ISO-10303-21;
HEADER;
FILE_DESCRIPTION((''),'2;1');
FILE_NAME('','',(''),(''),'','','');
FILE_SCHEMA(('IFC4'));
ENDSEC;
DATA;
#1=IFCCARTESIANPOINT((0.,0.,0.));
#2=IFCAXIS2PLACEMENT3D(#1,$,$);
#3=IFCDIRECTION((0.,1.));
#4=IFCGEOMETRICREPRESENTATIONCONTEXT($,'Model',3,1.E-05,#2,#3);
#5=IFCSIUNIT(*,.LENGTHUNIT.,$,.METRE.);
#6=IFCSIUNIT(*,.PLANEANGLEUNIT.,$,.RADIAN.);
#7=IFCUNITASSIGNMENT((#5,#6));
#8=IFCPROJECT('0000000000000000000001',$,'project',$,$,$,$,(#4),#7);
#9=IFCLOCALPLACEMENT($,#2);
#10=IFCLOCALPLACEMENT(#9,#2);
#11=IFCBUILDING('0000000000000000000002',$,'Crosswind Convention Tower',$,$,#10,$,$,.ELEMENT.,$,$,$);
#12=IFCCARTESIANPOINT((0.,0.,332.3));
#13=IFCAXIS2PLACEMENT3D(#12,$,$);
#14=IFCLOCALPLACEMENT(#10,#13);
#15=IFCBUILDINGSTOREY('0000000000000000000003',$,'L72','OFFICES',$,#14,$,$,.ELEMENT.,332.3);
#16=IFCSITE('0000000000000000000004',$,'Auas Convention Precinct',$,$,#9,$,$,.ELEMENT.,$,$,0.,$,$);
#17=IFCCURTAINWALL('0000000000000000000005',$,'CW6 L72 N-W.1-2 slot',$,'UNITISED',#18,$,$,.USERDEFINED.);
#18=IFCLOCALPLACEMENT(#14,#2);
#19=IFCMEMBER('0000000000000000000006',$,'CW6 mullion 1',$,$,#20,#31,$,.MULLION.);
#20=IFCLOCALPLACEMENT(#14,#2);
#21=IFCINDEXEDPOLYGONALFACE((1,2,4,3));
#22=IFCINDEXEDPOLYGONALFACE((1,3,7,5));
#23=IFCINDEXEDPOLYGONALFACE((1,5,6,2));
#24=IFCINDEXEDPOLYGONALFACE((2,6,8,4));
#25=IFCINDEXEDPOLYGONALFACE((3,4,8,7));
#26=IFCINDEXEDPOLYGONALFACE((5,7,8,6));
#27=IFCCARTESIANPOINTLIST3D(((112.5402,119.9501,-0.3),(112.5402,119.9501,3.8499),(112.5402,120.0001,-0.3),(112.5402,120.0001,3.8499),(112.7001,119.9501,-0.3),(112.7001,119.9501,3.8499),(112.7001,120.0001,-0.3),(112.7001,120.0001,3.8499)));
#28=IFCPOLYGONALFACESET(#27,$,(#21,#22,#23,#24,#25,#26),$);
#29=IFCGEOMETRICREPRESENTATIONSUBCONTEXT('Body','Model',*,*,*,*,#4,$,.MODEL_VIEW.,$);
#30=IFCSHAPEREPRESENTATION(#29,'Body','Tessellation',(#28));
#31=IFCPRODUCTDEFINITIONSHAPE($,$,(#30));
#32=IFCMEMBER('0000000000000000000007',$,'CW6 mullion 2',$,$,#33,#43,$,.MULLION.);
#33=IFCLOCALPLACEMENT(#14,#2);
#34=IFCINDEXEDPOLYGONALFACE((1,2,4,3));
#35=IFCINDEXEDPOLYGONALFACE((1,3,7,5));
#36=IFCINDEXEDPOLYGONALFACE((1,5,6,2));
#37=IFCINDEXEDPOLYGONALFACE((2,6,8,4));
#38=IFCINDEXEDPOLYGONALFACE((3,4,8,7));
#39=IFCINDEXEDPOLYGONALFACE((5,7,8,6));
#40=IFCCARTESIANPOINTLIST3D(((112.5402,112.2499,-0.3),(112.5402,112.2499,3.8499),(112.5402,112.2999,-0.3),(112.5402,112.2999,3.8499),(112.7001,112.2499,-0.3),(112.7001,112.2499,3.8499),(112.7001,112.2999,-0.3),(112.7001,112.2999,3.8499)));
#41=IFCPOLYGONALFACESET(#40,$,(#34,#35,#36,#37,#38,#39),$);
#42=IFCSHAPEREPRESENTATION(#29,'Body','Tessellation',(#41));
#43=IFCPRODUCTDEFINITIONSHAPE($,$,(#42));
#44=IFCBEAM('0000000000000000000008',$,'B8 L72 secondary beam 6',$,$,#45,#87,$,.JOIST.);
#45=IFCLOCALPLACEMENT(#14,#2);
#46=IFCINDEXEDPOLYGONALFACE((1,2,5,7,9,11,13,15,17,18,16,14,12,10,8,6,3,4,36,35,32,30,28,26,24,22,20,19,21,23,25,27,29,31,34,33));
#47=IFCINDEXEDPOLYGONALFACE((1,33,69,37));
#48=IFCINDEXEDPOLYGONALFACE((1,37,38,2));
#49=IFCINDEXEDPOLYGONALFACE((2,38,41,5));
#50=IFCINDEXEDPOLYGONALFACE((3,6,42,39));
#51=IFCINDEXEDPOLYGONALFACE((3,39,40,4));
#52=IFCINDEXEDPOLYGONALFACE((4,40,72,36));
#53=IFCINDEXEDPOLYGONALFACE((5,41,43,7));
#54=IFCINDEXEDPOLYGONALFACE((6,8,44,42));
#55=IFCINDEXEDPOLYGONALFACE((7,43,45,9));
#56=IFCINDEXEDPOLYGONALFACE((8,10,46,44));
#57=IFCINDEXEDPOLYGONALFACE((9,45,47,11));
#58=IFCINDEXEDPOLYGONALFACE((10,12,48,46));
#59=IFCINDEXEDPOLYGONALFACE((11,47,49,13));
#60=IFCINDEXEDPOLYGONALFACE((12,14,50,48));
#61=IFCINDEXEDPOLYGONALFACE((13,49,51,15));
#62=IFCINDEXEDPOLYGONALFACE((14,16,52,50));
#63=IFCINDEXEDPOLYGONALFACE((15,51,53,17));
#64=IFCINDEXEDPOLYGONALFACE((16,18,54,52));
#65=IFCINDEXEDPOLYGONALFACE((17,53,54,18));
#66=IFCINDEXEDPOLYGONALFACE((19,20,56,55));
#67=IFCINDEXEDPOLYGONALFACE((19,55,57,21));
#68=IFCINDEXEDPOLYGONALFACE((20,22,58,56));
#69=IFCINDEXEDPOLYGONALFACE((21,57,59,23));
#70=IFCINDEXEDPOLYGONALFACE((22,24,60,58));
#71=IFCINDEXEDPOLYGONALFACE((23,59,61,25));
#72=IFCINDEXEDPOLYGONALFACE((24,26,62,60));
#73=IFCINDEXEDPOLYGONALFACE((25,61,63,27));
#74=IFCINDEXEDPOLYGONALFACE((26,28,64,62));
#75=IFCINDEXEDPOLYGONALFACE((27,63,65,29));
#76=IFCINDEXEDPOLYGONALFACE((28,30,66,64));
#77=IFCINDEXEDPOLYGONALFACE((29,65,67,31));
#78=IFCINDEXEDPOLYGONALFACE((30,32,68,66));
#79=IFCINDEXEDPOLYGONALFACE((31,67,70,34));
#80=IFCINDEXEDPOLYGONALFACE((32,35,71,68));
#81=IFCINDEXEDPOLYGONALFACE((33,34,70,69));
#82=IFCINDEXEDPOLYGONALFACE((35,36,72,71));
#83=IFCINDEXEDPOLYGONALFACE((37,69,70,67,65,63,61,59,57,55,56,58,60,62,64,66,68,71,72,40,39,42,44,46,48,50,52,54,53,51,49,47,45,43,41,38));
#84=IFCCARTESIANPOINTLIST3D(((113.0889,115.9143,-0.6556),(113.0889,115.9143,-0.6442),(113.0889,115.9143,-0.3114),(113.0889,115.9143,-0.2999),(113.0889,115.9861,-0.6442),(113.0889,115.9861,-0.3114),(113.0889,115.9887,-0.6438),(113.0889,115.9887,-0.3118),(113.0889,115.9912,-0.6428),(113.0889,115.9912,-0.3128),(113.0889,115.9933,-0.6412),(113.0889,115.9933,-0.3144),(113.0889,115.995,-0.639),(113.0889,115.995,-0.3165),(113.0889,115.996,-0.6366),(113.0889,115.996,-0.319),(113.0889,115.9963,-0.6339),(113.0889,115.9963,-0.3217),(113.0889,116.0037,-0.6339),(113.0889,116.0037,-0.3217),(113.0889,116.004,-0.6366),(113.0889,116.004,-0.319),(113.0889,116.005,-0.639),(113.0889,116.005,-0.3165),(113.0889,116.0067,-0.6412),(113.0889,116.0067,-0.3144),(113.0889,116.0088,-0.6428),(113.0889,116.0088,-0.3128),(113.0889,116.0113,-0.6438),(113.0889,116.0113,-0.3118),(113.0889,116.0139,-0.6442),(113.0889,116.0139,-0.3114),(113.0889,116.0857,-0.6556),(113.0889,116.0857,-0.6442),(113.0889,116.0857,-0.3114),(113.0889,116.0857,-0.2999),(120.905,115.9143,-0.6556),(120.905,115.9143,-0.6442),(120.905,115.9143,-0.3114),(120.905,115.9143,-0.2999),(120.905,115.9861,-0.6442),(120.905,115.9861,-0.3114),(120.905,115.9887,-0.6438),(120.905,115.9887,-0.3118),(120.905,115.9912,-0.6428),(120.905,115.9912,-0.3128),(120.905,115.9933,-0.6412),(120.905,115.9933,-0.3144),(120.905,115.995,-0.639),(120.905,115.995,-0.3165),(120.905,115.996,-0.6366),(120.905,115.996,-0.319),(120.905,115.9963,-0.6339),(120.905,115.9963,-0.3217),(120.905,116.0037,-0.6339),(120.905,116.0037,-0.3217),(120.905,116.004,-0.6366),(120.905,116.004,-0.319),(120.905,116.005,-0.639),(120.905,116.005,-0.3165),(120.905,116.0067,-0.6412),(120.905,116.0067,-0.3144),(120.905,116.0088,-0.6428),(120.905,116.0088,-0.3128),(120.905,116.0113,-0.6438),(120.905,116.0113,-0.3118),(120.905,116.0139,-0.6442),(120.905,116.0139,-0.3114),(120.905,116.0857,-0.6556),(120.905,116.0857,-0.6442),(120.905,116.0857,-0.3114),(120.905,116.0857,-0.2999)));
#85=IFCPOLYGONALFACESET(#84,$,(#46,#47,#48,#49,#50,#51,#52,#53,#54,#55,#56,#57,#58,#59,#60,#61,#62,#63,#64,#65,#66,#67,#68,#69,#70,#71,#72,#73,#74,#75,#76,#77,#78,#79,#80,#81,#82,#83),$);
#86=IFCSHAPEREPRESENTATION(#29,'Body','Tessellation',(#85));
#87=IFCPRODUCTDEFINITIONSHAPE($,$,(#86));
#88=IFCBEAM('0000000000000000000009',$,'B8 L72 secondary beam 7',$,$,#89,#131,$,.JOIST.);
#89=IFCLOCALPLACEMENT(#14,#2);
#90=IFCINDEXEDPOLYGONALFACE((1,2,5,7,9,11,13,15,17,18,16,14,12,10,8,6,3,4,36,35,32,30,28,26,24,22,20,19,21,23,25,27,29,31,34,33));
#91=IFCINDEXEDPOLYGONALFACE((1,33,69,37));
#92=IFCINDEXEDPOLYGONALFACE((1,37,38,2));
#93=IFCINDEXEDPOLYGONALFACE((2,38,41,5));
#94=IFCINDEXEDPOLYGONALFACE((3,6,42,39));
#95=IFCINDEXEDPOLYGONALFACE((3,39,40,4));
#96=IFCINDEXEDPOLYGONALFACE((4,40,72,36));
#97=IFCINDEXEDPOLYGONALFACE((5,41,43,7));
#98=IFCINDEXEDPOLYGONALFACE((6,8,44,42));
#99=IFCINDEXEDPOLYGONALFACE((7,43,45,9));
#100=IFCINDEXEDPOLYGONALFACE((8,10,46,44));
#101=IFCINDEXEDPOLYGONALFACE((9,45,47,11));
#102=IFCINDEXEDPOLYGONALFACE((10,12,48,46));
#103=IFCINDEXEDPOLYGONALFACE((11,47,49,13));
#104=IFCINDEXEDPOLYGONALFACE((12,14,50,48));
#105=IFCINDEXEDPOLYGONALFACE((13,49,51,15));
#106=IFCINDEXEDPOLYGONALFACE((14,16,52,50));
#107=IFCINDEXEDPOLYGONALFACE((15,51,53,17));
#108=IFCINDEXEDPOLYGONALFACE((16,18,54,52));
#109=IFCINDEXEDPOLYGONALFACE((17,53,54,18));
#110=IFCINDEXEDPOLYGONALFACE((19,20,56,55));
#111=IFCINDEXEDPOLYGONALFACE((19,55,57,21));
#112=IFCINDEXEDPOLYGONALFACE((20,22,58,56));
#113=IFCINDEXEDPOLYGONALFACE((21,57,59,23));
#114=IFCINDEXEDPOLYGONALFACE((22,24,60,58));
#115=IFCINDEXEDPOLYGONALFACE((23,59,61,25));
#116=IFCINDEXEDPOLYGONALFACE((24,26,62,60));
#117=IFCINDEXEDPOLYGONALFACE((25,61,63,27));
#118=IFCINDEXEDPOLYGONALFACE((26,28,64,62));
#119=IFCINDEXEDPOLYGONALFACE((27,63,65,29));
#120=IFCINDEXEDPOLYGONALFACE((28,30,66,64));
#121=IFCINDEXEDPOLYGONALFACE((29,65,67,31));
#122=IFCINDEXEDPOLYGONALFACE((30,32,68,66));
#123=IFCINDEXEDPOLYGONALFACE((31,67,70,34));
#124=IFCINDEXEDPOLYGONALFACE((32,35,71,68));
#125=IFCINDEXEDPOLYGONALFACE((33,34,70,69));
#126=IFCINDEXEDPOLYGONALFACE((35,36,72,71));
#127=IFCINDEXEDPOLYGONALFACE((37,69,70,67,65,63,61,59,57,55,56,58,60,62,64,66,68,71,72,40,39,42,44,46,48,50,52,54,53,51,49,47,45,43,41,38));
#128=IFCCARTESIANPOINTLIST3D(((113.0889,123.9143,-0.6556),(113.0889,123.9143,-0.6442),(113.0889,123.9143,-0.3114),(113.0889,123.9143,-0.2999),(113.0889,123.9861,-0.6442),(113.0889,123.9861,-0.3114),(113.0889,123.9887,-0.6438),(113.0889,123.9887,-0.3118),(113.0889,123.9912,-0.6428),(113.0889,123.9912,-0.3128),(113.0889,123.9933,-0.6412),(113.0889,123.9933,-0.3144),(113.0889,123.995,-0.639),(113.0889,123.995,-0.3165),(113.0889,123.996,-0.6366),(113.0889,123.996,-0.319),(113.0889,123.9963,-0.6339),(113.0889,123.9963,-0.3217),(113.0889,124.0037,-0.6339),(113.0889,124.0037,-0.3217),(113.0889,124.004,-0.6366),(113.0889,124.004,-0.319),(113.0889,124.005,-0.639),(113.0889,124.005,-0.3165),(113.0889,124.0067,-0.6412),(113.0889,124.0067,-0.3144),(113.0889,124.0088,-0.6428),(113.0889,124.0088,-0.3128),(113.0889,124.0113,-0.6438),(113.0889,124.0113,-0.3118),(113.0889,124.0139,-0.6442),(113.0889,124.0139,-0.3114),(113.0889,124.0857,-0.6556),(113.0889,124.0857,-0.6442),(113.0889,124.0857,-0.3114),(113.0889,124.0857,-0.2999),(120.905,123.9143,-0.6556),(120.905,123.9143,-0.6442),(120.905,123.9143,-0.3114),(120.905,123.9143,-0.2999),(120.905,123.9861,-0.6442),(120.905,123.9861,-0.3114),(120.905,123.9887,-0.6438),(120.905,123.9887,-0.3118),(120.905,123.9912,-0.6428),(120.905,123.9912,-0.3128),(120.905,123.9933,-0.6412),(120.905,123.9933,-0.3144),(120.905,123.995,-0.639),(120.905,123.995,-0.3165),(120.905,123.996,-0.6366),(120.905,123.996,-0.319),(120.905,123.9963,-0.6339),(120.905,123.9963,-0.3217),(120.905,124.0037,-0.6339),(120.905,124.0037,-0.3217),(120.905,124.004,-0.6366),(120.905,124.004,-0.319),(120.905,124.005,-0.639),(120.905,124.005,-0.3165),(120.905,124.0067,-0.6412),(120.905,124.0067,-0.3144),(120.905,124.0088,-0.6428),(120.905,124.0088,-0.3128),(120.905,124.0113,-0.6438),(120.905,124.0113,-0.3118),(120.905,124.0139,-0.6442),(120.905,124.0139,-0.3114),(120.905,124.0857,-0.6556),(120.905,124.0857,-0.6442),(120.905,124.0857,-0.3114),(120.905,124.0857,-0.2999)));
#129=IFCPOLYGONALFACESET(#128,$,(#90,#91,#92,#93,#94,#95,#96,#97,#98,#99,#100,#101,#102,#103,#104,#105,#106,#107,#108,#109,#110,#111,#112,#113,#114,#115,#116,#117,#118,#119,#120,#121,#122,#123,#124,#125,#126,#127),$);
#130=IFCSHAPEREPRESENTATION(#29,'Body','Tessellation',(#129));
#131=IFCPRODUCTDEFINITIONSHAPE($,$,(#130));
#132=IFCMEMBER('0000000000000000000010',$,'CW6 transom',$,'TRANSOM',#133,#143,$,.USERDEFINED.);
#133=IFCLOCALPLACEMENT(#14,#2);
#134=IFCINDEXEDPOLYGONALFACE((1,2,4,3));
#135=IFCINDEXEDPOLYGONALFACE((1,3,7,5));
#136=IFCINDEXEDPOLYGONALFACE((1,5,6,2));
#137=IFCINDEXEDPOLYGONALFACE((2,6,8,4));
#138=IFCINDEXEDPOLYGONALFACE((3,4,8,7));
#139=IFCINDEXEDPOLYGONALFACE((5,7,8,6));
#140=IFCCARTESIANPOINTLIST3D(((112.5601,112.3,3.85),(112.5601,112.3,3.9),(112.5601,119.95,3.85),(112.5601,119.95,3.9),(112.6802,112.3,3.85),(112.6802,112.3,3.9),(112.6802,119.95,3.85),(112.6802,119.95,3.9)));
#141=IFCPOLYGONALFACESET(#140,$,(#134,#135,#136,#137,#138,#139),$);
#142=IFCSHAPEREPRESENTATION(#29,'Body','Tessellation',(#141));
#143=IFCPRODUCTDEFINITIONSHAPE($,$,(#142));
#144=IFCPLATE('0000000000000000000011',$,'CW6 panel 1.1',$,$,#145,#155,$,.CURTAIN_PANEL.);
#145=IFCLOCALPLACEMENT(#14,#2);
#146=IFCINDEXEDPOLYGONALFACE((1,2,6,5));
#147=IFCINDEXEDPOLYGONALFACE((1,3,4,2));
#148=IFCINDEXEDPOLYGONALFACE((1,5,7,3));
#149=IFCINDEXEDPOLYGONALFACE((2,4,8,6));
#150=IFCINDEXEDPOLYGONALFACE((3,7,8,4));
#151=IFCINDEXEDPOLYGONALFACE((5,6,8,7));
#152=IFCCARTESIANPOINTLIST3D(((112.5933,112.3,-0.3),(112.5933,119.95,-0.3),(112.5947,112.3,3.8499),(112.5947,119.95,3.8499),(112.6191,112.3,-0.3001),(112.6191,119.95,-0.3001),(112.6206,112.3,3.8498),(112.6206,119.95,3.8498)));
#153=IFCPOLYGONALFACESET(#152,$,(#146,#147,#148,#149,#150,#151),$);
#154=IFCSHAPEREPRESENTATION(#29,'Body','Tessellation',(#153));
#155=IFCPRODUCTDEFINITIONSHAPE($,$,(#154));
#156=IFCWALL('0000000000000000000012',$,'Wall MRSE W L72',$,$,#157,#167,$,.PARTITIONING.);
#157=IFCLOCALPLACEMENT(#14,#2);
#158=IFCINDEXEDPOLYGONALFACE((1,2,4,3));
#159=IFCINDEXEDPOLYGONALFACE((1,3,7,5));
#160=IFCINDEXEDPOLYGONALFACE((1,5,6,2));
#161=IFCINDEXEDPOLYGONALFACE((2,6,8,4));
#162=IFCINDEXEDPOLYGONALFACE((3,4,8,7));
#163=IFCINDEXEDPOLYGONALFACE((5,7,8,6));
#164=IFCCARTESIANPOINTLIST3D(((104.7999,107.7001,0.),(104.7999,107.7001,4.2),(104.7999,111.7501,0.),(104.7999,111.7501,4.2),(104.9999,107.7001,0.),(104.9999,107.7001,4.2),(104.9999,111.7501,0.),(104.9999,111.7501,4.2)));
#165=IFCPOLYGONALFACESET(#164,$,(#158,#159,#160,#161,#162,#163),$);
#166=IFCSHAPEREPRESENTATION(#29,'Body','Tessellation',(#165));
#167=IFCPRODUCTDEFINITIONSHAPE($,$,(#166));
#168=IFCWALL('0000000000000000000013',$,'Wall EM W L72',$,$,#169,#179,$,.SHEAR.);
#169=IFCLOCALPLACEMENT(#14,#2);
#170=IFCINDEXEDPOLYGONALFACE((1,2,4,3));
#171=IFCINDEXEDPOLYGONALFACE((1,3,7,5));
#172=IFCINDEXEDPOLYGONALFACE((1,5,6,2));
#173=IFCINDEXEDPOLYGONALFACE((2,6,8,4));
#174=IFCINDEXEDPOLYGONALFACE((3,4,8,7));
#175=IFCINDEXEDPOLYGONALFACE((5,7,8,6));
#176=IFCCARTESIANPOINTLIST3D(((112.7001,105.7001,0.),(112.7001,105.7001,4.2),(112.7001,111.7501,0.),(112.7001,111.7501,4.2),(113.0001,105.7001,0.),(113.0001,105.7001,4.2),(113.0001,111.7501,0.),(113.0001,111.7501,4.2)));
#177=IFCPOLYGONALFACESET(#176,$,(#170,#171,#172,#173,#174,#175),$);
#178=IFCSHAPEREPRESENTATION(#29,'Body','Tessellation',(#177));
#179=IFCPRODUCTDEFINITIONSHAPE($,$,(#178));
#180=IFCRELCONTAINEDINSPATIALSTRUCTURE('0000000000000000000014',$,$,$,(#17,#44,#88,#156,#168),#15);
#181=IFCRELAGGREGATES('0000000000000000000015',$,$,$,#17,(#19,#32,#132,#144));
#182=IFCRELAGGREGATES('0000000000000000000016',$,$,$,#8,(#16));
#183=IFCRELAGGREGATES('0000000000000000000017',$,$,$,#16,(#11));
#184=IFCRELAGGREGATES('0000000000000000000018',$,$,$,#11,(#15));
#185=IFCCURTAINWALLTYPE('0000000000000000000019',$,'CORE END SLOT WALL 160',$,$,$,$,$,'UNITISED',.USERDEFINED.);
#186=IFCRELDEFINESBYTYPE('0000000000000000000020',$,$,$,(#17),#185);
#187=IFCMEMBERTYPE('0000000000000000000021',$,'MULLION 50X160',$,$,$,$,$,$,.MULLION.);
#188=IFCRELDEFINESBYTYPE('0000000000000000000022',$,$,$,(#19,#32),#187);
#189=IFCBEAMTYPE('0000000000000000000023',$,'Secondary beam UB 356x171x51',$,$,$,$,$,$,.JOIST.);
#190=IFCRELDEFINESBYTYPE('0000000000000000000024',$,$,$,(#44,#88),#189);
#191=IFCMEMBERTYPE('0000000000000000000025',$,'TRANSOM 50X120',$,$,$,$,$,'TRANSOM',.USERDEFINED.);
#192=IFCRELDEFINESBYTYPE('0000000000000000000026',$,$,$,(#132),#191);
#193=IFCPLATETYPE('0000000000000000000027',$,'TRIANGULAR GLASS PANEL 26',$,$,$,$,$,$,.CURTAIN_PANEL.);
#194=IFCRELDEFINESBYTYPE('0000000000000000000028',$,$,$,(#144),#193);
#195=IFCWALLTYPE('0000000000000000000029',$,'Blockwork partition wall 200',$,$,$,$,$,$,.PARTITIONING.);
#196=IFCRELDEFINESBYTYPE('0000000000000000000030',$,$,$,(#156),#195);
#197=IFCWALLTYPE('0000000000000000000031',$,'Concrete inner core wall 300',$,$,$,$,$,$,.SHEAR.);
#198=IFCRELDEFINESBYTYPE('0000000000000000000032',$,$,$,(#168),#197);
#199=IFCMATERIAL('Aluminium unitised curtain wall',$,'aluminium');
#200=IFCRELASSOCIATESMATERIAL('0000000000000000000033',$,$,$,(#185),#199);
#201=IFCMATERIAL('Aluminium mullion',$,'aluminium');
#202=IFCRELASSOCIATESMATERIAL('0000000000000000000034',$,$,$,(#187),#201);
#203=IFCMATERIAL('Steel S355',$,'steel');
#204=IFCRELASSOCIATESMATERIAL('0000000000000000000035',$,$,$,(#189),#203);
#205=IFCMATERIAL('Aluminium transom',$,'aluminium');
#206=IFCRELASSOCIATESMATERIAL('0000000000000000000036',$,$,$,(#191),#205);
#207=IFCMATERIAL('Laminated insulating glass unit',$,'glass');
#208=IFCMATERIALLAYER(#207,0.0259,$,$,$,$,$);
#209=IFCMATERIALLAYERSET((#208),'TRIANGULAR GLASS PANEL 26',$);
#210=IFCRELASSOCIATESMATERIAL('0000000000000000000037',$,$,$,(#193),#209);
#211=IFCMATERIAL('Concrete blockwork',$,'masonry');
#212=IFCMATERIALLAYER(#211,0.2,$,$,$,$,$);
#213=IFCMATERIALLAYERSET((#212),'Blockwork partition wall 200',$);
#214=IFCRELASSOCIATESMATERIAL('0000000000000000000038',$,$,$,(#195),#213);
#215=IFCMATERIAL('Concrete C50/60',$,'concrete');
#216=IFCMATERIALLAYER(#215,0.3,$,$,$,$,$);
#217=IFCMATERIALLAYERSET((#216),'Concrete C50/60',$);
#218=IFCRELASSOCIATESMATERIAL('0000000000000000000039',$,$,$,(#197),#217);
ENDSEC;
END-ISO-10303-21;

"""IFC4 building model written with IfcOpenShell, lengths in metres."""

from ifc_helpers import new_model, si_unit, direction, frame, frame_2d, origin, origin_2d, place, context, subcontext, project, spatial, polyline, rectangle, i_section, outline, extrude, material, layer, layer_set, material_profile, profile_set, type_object, element, aggregate, save


model = new_model("IFC4")

# Units and contexts
model_context = context("Model", 3, precision=1e-05, world=origin(), true_north=direction((0.0, 1.0)))
body_context = subcontext(model_context, "Body", "Model", "MODEL_VIEW")
ifc_project = project(units=[si_unit("LENGTHUNIT", "METRE"), si_unit("PLANEANGLEUNIT", "RADIAN")], contexts=[model_context])

# Site, building, storey
site_placement = place(None, origin())
site = spatial("IfcSite", under=ifc_project, at=site_placement, Name="Auas Convention Precinct", CompositionType="ELEMENT", RefElevation=0.0)
building_placement = place(site_placement, origin())
building = spatial("IfcBuilding", under=site, at=building_placement, Name="Crosswind Convention Tower", CompositionType="ELEMENT")
storey_placement = place(building_placement, frame((0.0, 0.0, 332.3)))
storey = spatial("IfcBuildingStorey", under=building, at=storey_placement, Name="L72", Description="OFFICES", CompositionType="ELEMENT", Elevation=332.3)

# Shared definitions
ifc_material_1 = material(Name="Steel S355", Category="steel")

# Curtain wall, members
ifc_material_2 = material(Name="Aluminium unitised curtain wall", Category="aluminium")
curtain_wall_type = type_object("IfcCurtainWallType", Name="CORE END SLOT WALL 160", ElementType="UNITISED", PredefinedType="USERDEFINED", material=ifc_material_2)
curtain_wall_placement = place(storey_placement, origin())
curtain_wall = element("IfcCurtainWall", 1, at=curtain_wall_placement, inside=storey, type_object=curtain_wall_type, Name="CW6 L72 N-W.1-2 slot", ObjectType="UNITISED", PredefinedType="USERDEFINED")
ifc_material_3 = material(Name="Aluminium mullion", Category="aluminium")
ifc_material_profile_1 = material_profile(ifc_material_3, rectangle(XDim=0.1599, YDim=0.05, at=origin_2d()), Name="AL 160X50")
ifc_profile_set_1 = profile_set([ifc_material_profile_1], Name="Aluminium mullion")
member_type_1 = type_object("IfcMemberType", Name="MULLION 50X160", PredefinedType="MULLION", material=ifc_profile_set_1)
member_1_placement = place(storey_placement, frame((112.6201, 119.9751, -0.3), z_axis=(0.0, 0.0, 1.0), x_axis=(-1.0, 0.0, 0.0)))
member_1 = element("IfcMember", 2, at=member_1_placement, type_object=member_type_1, Name="CW6 mullion 1", PredefinedType="MULLION", context=body_context, shape_type="SweptSolid", body=[
    extrude(rectangle(XDim=0.1599, YDim=0.05, at=origin_2d()), origin(), (0.0, 0.0, 1.0), 4.1499),
])
member_2_placement = place(storey_placement, frame((112.6201, 112.2749, -0.3), z_axis=(0.0, 0.0, 1.0), x_axis=(-1.0, 0.0, 0.0)))
member_2 = element("IfcMember", 3, at=member_2_placement, type_object=member_type_1, Name="CW6 mullion 2", PredefinedType="MULLION", context=body_context, shape_type="SweptSolid", body=[
    extrude(rectangle(XDim=0.1599, YDim=0.05, at=origin_2d()), origin(), (0.0, 0.0, 1.0), 4.1499),
])

# Beams
ifc_material_profile_2 = material_profile(ifc_material_1, i_section(OverallWidth=0.1714, OverallDepth=0.3557, WebThickness=0.0073, FlangeThickness=0.0115, FilletRadius=0.0103, at=origin_2d()), Name="UB 356x171x51")
ifc_profile_set_2 = profile_set([ifc_material_profile_2], Name="Steel S355")
beam_type_1 = type_object("IfcBeamType", Name="Secondary beam UB 356x171x51", PredefinedType="JOIST", material=ifc_profile_set_2)
for number, where, z_axis, x_axis, name in (
    (4, (113.0889, 116.0, -0.4778), (1.0, 0.0, 0.0), (0.0, 1.0, 0.0), "B8 L72 secondary beam 6"),
    (5, (113.0889, 124.0, -0.4778), (1.0, 0.0, 0.0), (0.0, 1.0, 0.0), "B8 L72 secondary beam 7"),
):
    element("IfcBeam", number, at=place(storey_placement, frame(where, z_axis=z_axis, x_axis=x_axis)), inside=storey, type_object=beam_type_1, Name=name, PredefinedType="JOIST", context=body_context, shape_type="SweptSolid", body=[
        extrude(i_section(OverallWidth=0.1714, OverallDepth=0.3557, WebThickness=0.0073, FlangeThickness=0.0115, FilletRadius=0.0103, at=origin_2d()), origin(), (0.0, 0.0, 1.0), 7.8162),
    ])

# Member
ifc_material_4 = material(Name="Aluminium transom", Category="aluminium")
ifc_material_profile_3 = material_profile(ifc_material_4, rectangle(XDim=0.1201, YDim=0.05, at=origin_2d()), Name="AL 120X50")
ifc_profile_set_3 = profile_set([ifc_material_profile_3], Name="Aluminium transom")
member_type_2 = type_object("IfcMemberType", Name="TRANSOM 50X120", ElementType="TRANSOM", PredefinedType="USERDEFINED", material=ifc_profile_set_3)
member_3_placement = place(storey_placement, frame((112.6201, 119.95, 3.875), z_axis=(0.0, -1.0, 0.0), x_axis=(1.0, 0.0, 0.0)))
member_3 = element("IfcMember", 6, at=member_3_placement, type_object=member_type_2, Name="CW6 transom", ObjectType="TRANSOM", PredefinedType="USERDEFINED", context=body_context, shape_type="SweptSolid", body=[
    extrude(rectangle(XDim=0.1201, YDim=0.05, at=origin_2d()), origin(), (0.0, 0.0, 1.0), 7.6499),
])

# Plate
ifc_material_5 = material(Name="Laminated insulating glass unit", Category="glass")
ifc_layer_1 = layer(ifc_material_5, 0.0259)
ifc_layer_set_1 = layer_set([ifc_layer_1], Name="TRIANGULAR GLASS PANEL 26")
plate_type = type_object("IfcPlateType", Name="TRIANGULAR GLASS PANEL 26", PredefinedType="CURTAIN_PANEL", material=ifc_layer_set_1)
plate_placement = place(storey_placement, frame((112.5933, 119.95, -0.3), z_axis=(-1.0, 0.0, 0.000353), x_axis=(0.0, -1.0, 0.0)))
plate = element("IfcPlate", 7, at=plate_placement, type_object=plate_type, Name="CW6 panel 1.1", PredefinedType="CURTAIN_PANEL", context=body_context, shape_type="SweptSolid", body=[
    extrude(outline(polyline([(0.0, 0.0), (7.6499, 0.0), (7.6499, 4.1499), (0.0, 4.1499), (0.0, 0.0)])), origin(), (0.0, 0.0, -1.0), 0.0259),
])
aggregate(curtain_wall, [member_1, member_2, member_3, plate])

# Walls
ifc_material_6 = material(Name="Concrete blockwork", Category="masonry")
ifc_layer_2 = layer(ifc_material_6, 0.2)
ifc_layer_set_2 = layer_set([ifc_layer_2], Name="Blockwork partition wall 200")
wall_type_1 = type_object("IfcWallType", Name="Blockwork partition wall 200", PredefinedType="PARTITIONING", material=ifc_layer_set_2)
wall_1_placement = place(storey_placement, frame((104.8999, 111.75, 0.0), z_axis=(0.0, 0.0, 1.0), x_axis=(0.0, -1.0, 0.0)))
element("IfcWall", 8, at=wall_1_placement, inside=storey, type_object=wall_type_1, Name="Wall MRSE W L72", PredefinedType="PARTITIONING", context=body_context, shape_type="SweptSolid", body=[
    extrude(rectangle(XDim=4.05, YDim=0.2, at=frame_2d((2.0249, 0.0))), origin(), (0.0, 0.0, 1.0), 4.2),
])
ifc_material_7 = material(Name="Concrete C50/60", Category="concrete")
ifc_layer_3 = layer(ifc_material_7, 0.3)
ifc_layer_set_3 = layer_set([ifc_layer_3], Name="Concrete C50/60")
wall_type_2 = type_object("IfcWallType", Name="Concrete inner core wall 300", PredefinedType="SHEAR", material=ifc_layer_set_3)
wall_2_placement = place(storey_placement, frame((112.8501, 111.75, 0.0), z_axis=(0.0, 0.0, 1.0), x_axis=(0.0, -1.0, 0.0)))
element("IfcWall", 9, at=wall_2_placement, inside=storey, type_object=wall_type_2, Name="Wall EM W L72", PredefinedType="SHEAR", context=body_context, shape_type="SweptSolid", body=[
    extrude(rectangle(XDim=6.05, YDim=0.3, at=frame_2d((3.0249, 0.0))), origin(), (0.0, 0.0, 1.0), 4.2),
])

save(model, "model.ifc")
